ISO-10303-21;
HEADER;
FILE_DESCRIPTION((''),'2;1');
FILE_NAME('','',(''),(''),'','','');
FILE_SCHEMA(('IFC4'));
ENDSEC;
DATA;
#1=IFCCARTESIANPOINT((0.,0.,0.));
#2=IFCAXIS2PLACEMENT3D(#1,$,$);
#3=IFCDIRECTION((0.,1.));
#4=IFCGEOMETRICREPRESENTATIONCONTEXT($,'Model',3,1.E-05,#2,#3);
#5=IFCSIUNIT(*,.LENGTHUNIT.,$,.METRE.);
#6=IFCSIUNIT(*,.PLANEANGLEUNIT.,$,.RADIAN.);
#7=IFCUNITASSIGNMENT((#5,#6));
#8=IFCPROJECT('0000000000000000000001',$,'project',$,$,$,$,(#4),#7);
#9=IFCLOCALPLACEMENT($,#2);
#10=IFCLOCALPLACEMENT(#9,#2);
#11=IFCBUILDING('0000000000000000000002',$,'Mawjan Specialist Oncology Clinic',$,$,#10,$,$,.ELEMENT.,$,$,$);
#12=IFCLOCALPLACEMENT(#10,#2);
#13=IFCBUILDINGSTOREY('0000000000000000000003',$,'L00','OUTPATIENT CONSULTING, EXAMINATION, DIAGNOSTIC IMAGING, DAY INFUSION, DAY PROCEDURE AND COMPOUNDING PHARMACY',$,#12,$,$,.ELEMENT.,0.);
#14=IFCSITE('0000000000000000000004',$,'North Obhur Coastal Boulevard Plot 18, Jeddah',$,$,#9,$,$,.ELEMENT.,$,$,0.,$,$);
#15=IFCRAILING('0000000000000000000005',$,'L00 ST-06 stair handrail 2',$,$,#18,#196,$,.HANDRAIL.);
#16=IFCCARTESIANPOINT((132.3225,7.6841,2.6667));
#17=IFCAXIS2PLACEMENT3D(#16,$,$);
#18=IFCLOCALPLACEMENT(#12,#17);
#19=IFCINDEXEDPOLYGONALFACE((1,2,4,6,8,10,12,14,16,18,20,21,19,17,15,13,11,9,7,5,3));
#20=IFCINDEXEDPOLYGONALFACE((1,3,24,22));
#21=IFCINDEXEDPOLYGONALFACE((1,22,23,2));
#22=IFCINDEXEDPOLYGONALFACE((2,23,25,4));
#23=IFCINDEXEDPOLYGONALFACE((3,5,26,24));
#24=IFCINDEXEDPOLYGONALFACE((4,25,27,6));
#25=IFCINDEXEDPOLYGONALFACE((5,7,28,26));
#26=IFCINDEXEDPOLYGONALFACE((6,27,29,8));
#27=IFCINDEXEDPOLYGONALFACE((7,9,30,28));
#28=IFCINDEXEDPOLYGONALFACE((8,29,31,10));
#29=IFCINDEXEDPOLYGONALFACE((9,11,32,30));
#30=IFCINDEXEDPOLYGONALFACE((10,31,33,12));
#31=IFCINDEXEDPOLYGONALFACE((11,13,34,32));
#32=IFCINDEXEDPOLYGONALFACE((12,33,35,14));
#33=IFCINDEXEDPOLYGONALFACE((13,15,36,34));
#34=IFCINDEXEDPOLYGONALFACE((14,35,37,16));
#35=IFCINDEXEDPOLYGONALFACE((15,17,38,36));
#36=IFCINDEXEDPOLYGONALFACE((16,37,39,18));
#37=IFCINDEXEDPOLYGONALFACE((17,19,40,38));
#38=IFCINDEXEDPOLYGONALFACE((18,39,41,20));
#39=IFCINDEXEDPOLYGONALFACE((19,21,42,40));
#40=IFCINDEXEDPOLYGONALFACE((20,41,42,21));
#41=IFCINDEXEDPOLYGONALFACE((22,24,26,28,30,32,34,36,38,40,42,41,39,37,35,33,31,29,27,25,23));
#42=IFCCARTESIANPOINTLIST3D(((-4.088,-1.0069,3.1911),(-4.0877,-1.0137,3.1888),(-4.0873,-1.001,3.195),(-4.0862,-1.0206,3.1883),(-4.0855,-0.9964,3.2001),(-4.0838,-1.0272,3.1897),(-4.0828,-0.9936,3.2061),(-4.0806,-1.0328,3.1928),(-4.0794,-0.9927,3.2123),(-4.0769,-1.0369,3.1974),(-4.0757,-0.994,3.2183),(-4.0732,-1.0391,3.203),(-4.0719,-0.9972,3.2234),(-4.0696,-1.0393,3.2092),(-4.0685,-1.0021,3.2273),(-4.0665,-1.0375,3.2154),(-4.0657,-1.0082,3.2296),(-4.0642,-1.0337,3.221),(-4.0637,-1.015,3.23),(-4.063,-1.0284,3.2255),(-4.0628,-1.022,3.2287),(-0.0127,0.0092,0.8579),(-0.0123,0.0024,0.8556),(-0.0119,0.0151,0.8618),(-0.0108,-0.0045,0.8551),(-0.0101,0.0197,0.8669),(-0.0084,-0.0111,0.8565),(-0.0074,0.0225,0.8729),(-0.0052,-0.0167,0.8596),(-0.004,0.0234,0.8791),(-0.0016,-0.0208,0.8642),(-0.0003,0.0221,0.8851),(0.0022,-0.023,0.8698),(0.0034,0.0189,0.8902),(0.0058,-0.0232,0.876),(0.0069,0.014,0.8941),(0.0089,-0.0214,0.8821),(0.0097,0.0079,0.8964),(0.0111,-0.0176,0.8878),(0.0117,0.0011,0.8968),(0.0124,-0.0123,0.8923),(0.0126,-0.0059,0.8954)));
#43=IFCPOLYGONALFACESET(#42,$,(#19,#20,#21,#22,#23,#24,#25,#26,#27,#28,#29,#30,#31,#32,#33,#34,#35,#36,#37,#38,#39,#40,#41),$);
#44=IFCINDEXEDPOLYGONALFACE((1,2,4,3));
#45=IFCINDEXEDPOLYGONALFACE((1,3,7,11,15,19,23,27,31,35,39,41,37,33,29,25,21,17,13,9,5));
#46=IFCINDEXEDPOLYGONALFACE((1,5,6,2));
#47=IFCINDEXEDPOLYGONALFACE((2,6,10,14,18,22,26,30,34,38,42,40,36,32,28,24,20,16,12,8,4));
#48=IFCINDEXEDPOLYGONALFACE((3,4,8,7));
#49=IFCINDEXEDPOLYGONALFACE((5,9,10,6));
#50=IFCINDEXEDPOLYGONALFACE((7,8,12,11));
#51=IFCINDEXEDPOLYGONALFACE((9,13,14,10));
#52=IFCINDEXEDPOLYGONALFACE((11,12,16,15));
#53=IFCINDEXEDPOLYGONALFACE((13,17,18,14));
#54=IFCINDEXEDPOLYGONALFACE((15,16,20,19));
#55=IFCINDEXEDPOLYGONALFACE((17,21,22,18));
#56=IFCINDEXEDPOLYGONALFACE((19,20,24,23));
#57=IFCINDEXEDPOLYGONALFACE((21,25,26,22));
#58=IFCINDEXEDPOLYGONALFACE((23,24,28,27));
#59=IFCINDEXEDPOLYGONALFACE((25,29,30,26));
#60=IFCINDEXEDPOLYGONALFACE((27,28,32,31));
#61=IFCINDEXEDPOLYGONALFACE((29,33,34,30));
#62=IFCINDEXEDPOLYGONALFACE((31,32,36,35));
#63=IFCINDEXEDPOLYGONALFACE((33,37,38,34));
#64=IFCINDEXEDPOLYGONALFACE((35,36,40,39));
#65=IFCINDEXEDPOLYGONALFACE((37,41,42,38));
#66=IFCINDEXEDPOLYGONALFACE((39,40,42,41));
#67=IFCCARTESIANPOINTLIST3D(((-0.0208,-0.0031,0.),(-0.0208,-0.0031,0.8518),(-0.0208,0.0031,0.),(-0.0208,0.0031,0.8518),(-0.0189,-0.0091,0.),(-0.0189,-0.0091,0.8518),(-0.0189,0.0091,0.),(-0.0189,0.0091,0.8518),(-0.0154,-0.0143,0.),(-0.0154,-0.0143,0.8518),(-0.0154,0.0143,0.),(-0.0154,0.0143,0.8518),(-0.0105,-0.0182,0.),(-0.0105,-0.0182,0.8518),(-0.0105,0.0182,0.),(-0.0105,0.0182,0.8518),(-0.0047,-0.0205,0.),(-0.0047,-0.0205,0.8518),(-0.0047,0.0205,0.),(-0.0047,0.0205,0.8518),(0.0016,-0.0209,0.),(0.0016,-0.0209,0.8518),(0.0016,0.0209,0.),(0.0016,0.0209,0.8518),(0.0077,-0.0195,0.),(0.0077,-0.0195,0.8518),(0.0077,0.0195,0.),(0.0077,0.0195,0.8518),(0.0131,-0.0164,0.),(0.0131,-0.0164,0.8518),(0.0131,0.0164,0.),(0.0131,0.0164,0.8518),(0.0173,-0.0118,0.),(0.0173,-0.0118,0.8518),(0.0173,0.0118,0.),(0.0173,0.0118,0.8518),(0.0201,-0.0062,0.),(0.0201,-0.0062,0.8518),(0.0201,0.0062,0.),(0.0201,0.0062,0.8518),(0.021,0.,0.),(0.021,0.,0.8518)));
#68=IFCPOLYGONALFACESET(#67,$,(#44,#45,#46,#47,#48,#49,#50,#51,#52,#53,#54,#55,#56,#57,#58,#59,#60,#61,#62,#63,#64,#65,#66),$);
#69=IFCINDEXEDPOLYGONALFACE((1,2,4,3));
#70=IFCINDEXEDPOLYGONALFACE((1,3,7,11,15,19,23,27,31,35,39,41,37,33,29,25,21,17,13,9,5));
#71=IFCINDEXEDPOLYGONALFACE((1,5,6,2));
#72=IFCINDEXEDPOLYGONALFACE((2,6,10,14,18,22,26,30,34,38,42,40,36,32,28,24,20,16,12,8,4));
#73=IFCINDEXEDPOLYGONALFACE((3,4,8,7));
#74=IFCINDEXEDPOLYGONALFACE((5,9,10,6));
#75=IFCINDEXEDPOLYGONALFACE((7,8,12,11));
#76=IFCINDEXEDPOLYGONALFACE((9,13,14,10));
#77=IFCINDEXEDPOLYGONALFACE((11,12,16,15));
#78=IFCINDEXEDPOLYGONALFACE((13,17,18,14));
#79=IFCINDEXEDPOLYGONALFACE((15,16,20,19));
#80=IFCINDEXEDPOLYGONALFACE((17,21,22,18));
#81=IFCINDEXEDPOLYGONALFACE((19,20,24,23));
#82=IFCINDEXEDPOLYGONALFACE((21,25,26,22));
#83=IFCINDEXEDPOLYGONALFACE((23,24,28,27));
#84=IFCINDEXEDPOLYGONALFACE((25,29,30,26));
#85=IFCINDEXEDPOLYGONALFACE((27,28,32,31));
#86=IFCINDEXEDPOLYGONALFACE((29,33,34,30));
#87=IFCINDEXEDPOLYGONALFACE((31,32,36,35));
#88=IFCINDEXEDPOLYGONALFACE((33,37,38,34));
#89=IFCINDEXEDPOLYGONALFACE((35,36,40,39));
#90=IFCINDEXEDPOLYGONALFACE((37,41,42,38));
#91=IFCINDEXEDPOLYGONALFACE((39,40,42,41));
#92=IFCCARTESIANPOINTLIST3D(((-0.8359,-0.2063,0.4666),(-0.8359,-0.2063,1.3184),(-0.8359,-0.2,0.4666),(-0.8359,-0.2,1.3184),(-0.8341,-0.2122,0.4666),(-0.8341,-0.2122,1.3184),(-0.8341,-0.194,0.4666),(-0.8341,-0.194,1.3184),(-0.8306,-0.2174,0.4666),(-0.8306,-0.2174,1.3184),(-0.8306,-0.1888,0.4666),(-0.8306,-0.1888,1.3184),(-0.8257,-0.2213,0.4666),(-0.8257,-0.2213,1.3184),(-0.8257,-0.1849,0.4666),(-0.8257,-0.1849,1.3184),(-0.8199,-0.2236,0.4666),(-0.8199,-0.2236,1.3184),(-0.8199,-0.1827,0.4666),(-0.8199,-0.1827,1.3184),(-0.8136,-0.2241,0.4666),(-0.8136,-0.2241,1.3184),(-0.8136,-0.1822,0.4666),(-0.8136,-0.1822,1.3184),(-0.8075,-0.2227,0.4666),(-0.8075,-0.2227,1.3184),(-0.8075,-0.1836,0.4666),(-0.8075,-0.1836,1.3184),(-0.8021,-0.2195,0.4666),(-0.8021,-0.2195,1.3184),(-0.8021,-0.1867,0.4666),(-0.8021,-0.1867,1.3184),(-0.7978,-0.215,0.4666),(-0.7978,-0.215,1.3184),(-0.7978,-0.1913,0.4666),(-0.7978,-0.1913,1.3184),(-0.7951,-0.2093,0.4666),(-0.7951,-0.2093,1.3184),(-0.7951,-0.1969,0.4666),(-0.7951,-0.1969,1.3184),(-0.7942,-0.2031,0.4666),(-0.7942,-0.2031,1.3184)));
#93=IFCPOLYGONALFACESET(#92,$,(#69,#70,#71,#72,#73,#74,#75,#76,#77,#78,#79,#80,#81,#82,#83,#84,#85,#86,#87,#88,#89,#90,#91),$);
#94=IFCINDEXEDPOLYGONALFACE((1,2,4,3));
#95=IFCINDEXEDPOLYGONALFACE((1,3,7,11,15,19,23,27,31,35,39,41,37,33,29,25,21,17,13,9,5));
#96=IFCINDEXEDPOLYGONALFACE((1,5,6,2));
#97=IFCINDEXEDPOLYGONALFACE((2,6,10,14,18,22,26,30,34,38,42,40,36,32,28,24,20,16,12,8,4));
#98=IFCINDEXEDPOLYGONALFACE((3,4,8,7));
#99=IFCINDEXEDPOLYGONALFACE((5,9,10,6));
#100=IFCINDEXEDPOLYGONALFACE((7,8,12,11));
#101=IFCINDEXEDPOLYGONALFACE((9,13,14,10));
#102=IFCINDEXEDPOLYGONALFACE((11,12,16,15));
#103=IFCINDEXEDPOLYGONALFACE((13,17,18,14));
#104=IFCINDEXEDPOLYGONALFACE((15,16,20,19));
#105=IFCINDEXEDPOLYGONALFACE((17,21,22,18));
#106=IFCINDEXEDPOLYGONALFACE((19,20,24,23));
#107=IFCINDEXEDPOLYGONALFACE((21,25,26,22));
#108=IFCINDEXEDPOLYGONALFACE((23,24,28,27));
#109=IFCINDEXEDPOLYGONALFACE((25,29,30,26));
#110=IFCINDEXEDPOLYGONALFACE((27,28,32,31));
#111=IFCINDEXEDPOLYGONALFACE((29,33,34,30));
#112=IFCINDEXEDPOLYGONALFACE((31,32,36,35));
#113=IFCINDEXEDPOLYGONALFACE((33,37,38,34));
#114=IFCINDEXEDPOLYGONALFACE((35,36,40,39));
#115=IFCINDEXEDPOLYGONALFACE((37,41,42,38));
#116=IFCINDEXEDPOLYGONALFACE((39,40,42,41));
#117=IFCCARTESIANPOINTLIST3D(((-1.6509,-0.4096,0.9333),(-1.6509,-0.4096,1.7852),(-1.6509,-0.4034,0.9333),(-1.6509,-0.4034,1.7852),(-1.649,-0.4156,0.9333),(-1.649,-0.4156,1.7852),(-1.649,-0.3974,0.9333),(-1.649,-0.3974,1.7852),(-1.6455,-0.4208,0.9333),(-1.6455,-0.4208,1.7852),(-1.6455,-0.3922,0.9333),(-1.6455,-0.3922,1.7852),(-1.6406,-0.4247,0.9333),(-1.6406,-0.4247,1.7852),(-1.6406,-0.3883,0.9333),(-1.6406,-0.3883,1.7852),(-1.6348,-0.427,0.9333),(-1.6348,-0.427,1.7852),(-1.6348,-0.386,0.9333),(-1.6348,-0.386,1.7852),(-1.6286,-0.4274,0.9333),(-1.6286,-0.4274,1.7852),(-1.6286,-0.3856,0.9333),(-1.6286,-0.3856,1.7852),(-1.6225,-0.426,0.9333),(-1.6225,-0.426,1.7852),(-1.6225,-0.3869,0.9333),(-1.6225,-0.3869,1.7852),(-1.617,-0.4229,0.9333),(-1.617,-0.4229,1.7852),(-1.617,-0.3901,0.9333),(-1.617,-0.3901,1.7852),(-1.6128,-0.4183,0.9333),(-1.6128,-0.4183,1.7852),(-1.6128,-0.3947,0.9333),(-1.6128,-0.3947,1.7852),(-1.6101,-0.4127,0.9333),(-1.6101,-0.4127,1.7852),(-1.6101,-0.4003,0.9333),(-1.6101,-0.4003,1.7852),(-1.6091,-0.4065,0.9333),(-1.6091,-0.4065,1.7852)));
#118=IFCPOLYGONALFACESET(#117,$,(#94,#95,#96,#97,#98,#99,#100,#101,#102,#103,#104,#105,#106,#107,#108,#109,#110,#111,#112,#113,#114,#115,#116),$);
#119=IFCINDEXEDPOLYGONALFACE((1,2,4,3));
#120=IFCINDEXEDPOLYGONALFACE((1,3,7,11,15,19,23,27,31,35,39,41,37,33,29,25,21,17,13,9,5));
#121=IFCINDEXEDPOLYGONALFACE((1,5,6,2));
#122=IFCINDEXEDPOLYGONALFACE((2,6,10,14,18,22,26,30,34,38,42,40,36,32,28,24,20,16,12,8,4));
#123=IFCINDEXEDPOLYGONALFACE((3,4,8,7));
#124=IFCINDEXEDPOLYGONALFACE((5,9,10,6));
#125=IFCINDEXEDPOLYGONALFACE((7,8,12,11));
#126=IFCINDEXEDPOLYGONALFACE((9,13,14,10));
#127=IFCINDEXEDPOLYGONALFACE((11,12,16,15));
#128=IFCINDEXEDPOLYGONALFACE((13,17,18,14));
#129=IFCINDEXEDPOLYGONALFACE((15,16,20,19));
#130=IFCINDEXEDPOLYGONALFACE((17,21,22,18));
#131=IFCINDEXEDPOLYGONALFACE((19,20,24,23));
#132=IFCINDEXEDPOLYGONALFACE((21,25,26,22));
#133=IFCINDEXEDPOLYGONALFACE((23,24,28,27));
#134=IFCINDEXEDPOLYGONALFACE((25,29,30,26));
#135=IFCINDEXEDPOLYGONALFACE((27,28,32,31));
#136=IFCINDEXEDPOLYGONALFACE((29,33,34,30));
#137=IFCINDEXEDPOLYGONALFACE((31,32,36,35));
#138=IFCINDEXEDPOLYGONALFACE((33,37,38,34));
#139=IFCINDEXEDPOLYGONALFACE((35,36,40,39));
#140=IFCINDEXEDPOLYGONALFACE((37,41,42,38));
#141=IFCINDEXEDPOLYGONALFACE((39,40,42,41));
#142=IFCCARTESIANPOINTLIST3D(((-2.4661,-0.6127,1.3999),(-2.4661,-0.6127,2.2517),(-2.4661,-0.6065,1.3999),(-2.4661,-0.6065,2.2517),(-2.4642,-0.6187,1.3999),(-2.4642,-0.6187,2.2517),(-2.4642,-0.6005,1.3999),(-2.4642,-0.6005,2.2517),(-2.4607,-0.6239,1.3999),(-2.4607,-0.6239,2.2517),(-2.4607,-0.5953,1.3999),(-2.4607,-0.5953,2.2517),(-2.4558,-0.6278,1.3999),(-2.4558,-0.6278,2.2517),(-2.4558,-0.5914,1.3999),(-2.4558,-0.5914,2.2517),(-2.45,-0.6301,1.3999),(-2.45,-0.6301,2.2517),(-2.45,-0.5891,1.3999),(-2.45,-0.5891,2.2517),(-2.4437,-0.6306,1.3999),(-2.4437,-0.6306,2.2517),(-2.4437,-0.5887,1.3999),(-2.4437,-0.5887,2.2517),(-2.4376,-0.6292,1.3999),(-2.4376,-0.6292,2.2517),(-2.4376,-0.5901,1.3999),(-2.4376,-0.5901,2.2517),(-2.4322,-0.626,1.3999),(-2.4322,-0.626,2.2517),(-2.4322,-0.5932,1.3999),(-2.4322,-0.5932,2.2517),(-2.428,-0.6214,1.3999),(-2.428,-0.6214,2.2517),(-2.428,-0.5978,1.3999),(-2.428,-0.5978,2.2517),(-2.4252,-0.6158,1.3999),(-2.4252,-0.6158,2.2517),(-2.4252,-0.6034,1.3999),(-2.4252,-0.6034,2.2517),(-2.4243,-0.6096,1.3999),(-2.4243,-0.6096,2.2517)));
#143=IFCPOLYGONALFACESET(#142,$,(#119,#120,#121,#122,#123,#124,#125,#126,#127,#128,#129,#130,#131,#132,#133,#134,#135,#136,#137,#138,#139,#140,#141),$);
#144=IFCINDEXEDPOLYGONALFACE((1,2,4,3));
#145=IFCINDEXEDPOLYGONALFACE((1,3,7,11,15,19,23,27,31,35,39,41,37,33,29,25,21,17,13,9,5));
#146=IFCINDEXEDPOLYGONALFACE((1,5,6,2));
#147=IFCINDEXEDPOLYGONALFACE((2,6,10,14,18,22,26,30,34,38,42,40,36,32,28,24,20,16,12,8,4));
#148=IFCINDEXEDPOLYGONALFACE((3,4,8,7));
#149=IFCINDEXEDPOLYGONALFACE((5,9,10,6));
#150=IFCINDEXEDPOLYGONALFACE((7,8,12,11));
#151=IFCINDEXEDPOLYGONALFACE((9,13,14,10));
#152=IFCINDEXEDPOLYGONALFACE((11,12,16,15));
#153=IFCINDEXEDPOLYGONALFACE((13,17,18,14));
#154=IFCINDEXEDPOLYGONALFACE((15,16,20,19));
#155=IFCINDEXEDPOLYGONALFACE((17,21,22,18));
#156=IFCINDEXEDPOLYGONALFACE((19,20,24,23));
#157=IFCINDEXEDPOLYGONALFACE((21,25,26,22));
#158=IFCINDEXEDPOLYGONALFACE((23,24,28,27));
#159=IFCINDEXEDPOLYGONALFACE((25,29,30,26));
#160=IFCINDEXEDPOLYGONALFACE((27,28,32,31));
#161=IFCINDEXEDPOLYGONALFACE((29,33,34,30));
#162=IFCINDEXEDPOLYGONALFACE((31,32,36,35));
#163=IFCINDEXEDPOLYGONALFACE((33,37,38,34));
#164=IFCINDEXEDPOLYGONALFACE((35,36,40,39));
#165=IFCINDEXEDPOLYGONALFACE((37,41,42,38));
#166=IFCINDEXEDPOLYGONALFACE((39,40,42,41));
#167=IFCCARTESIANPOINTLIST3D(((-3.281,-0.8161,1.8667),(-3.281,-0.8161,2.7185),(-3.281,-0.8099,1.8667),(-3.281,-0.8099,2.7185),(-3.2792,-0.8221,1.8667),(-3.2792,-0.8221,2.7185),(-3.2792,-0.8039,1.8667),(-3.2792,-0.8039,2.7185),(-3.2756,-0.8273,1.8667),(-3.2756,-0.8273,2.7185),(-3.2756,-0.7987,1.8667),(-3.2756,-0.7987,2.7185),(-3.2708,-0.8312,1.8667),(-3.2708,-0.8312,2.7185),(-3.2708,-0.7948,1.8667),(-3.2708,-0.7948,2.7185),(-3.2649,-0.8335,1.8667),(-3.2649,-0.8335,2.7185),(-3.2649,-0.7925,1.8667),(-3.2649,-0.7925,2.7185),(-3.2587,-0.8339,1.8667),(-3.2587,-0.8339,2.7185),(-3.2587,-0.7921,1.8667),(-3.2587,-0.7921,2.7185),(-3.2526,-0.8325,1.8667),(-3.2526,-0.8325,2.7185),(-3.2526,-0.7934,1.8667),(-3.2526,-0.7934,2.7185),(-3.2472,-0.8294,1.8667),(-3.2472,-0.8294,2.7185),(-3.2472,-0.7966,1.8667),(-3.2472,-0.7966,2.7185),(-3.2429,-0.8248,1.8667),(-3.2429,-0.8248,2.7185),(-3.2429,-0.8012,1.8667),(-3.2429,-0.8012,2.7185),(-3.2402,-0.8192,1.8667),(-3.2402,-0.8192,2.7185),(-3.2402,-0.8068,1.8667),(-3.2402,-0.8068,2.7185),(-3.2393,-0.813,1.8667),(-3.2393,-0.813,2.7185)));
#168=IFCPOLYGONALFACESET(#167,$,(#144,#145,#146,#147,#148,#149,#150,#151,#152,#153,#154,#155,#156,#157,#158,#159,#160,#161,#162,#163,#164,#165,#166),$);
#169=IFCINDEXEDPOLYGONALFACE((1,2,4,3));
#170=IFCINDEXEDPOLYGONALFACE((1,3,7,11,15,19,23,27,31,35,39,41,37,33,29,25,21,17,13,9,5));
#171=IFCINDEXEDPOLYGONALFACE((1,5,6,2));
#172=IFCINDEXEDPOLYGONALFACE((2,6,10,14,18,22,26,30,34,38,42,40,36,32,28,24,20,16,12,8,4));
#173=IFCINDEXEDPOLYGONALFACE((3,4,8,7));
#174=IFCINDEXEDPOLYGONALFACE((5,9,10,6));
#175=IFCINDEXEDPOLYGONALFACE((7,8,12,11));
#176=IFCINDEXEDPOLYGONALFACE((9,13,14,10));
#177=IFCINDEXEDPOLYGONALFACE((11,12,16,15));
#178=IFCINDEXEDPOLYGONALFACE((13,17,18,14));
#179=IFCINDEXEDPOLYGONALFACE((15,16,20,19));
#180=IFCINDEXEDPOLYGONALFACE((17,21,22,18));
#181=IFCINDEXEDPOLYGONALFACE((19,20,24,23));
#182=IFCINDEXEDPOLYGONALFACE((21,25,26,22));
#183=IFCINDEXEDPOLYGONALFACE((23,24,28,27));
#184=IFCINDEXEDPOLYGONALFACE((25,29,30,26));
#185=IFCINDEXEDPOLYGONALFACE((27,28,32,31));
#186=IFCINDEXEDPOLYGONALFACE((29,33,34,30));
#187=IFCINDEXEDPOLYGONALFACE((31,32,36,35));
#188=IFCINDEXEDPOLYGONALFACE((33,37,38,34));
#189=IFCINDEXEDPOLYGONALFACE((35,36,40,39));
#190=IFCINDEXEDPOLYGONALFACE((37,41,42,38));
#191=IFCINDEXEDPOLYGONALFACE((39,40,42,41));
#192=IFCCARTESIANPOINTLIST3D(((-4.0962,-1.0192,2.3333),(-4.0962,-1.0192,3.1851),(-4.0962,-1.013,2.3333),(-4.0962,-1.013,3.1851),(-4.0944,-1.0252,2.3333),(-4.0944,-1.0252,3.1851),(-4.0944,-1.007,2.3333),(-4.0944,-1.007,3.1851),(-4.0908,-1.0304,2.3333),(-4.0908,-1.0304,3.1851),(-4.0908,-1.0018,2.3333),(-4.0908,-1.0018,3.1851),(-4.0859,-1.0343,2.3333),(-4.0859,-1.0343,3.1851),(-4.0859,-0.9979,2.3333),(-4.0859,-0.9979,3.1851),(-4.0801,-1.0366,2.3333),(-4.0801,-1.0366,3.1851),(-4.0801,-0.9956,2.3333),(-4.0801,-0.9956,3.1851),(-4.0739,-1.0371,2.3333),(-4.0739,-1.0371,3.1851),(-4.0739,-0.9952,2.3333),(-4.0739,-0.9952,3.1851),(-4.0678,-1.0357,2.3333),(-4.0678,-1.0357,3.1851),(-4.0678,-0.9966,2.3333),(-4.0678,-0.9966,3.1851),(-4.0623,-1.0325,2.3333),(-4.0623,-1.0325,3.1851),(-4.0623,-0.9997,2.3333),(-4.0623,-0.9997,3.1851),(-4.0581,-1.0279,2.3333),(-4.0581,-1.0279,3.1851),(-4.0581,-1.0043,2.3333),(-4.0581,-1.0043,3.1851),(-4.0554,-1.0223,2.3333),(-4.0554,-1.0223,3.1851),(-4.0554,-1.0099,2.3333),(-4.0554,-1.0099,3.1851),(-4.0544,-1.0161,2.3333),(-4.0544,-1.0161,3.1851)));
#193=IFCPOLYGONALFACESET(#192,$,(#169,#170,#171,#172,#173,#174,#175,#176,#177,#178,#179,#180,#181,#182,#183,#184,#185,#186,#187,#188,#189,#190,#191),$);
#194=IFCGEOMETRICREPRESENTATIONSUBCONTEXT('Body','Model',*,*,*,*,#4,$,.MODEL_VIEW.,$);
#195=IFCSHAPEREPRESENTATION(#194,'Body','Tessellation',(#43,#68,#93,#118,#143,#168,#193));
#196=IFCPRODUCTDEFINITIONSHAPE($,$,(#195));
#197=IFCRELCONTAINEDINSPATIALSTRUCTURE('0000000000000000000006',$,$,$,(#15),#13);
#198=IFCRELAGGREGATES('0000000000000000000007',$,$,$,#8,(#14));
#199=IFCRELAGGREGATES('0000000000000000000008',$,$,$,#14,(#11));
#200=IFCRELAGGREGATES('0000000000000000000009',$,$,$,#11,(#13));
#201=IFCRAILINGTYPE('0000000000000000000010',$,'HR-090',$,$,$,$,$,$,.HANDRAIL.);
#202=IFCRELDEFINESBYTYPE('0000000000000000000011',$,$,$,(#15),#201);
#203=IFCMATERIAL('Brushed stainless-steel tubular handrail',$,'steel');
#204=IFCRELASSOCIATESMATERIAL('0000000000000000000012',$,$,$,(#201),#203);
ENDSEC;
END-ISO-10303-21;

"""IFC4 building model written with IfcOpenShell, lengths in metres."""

from ifc_helpers import new_model, si_unit, direction, frame, origin, origin_2d, place, context, subcontext, project, spatial, circle, extrude, material, type_object, element, save


model = new_model("IFC4")

# Units and contexts
model_context = context("Model", 3, precision=1e-05, world=origin(), true_north=direction((0.0, 1.0)))
body_context = subcontext(model_context, "Body", "Model", "MODEL_VIEW")
ifc_project = project(units=[si_unit("LENGTHUNIT", "METRE"), si_unit("PLANEANGLEUNIT", "RADIAN")], contexts=[model_context])

# Site, building, storey
site_placement = place(None, origin())
site = spatial("IfcSite", under=ifc_project, at=site_placement, Name="North Obhur Coastal Boulevard Plot 18, Jeddah", CompositionType="ELEMENT", RefElevation=0.0)
building_placement = place(site_placement, origin())
building = spatial("IfcBuilding", under=site, at=building_placement, Name="Mawjan Specialist Oncology Clinic", CompositionType="ELEMENT")
storey_placement = place(building_placement, origin())
storey = spatial("IfcBuildingStorey", under=building, at=storey_placement, Name="L00", Description="OUTPATIENT CONSULTING, EXAMINATION, DIAGNOSTIC IMAGING, DAY INFUSION, DAY PROCEDURE AND COMPOUNDING PHARMACY", CompositionType="ELEMENT", Elevation=0.0)

# Railing
ifc_material_1 = material(Name="Brushed stainless-steel tubular handrail", Category="steel")
railing_type = type_object("IfcRailingType", Name="HR-090", PredefinedType="HANDRAIL", material=ifc_material_1)
railing_placement = place(storey_placement, frame((132.3225, 7.6841, 2.6667)))
element("IfcRailing", 1, at=railing_placement, inside=storey, type_object=railing_type, Name="L00 ST-06 stair handrail 2", PredefinedType="HANDRAIL", context=body_context, shape_type="SweptSolid", body=[
    extrude(circle(Radius=0.0239, at=origin_2d()), frame((0.0, 0.0, 0.876), z_axis=(-0.848208, -0.21148, 0.485612), x_axis=(0.24192, -0.970296, 0.0)), (0.0, 0.0, 1.0), 4.8047),
    extrude(circle(Radius=0.021, at=origin_2d()), origin(), (0.0, 0.0, 1.0), 0.8518),
    extrude(circle(Radius=0.021, at=origin_2d()), frame((-0.8152, -0.2031, 0.4666)), (0.0, 0.0, 1.0), 0.8518),
    extrude(circle(Radius=0.021, at=origin_2d()), frame((-1.6301, -0.4065, 0.9333)), (0.0, 0.0, 1.0), 0.8518),
    extrude(circle(Radius=0.021, at=origin_2d()), frame((-2.4453, -0.6096, 1.3999)), (0.0, 0.0, 1.0), 0.8518),
    extrude(circle(Radius=0.021, at=origin_2d()), frame((-3.2603, -0.813, 1.8667)), (0.0, 0.0, 1.0), 0.8518),
    extrude(circle(Radius=0.021, at=origin_2d()), frame((-4.0754, -1.0161, 2.3333)), (0.0, 0.0, 1.0), 0.8518),
])

save(model, "model.ifc")
